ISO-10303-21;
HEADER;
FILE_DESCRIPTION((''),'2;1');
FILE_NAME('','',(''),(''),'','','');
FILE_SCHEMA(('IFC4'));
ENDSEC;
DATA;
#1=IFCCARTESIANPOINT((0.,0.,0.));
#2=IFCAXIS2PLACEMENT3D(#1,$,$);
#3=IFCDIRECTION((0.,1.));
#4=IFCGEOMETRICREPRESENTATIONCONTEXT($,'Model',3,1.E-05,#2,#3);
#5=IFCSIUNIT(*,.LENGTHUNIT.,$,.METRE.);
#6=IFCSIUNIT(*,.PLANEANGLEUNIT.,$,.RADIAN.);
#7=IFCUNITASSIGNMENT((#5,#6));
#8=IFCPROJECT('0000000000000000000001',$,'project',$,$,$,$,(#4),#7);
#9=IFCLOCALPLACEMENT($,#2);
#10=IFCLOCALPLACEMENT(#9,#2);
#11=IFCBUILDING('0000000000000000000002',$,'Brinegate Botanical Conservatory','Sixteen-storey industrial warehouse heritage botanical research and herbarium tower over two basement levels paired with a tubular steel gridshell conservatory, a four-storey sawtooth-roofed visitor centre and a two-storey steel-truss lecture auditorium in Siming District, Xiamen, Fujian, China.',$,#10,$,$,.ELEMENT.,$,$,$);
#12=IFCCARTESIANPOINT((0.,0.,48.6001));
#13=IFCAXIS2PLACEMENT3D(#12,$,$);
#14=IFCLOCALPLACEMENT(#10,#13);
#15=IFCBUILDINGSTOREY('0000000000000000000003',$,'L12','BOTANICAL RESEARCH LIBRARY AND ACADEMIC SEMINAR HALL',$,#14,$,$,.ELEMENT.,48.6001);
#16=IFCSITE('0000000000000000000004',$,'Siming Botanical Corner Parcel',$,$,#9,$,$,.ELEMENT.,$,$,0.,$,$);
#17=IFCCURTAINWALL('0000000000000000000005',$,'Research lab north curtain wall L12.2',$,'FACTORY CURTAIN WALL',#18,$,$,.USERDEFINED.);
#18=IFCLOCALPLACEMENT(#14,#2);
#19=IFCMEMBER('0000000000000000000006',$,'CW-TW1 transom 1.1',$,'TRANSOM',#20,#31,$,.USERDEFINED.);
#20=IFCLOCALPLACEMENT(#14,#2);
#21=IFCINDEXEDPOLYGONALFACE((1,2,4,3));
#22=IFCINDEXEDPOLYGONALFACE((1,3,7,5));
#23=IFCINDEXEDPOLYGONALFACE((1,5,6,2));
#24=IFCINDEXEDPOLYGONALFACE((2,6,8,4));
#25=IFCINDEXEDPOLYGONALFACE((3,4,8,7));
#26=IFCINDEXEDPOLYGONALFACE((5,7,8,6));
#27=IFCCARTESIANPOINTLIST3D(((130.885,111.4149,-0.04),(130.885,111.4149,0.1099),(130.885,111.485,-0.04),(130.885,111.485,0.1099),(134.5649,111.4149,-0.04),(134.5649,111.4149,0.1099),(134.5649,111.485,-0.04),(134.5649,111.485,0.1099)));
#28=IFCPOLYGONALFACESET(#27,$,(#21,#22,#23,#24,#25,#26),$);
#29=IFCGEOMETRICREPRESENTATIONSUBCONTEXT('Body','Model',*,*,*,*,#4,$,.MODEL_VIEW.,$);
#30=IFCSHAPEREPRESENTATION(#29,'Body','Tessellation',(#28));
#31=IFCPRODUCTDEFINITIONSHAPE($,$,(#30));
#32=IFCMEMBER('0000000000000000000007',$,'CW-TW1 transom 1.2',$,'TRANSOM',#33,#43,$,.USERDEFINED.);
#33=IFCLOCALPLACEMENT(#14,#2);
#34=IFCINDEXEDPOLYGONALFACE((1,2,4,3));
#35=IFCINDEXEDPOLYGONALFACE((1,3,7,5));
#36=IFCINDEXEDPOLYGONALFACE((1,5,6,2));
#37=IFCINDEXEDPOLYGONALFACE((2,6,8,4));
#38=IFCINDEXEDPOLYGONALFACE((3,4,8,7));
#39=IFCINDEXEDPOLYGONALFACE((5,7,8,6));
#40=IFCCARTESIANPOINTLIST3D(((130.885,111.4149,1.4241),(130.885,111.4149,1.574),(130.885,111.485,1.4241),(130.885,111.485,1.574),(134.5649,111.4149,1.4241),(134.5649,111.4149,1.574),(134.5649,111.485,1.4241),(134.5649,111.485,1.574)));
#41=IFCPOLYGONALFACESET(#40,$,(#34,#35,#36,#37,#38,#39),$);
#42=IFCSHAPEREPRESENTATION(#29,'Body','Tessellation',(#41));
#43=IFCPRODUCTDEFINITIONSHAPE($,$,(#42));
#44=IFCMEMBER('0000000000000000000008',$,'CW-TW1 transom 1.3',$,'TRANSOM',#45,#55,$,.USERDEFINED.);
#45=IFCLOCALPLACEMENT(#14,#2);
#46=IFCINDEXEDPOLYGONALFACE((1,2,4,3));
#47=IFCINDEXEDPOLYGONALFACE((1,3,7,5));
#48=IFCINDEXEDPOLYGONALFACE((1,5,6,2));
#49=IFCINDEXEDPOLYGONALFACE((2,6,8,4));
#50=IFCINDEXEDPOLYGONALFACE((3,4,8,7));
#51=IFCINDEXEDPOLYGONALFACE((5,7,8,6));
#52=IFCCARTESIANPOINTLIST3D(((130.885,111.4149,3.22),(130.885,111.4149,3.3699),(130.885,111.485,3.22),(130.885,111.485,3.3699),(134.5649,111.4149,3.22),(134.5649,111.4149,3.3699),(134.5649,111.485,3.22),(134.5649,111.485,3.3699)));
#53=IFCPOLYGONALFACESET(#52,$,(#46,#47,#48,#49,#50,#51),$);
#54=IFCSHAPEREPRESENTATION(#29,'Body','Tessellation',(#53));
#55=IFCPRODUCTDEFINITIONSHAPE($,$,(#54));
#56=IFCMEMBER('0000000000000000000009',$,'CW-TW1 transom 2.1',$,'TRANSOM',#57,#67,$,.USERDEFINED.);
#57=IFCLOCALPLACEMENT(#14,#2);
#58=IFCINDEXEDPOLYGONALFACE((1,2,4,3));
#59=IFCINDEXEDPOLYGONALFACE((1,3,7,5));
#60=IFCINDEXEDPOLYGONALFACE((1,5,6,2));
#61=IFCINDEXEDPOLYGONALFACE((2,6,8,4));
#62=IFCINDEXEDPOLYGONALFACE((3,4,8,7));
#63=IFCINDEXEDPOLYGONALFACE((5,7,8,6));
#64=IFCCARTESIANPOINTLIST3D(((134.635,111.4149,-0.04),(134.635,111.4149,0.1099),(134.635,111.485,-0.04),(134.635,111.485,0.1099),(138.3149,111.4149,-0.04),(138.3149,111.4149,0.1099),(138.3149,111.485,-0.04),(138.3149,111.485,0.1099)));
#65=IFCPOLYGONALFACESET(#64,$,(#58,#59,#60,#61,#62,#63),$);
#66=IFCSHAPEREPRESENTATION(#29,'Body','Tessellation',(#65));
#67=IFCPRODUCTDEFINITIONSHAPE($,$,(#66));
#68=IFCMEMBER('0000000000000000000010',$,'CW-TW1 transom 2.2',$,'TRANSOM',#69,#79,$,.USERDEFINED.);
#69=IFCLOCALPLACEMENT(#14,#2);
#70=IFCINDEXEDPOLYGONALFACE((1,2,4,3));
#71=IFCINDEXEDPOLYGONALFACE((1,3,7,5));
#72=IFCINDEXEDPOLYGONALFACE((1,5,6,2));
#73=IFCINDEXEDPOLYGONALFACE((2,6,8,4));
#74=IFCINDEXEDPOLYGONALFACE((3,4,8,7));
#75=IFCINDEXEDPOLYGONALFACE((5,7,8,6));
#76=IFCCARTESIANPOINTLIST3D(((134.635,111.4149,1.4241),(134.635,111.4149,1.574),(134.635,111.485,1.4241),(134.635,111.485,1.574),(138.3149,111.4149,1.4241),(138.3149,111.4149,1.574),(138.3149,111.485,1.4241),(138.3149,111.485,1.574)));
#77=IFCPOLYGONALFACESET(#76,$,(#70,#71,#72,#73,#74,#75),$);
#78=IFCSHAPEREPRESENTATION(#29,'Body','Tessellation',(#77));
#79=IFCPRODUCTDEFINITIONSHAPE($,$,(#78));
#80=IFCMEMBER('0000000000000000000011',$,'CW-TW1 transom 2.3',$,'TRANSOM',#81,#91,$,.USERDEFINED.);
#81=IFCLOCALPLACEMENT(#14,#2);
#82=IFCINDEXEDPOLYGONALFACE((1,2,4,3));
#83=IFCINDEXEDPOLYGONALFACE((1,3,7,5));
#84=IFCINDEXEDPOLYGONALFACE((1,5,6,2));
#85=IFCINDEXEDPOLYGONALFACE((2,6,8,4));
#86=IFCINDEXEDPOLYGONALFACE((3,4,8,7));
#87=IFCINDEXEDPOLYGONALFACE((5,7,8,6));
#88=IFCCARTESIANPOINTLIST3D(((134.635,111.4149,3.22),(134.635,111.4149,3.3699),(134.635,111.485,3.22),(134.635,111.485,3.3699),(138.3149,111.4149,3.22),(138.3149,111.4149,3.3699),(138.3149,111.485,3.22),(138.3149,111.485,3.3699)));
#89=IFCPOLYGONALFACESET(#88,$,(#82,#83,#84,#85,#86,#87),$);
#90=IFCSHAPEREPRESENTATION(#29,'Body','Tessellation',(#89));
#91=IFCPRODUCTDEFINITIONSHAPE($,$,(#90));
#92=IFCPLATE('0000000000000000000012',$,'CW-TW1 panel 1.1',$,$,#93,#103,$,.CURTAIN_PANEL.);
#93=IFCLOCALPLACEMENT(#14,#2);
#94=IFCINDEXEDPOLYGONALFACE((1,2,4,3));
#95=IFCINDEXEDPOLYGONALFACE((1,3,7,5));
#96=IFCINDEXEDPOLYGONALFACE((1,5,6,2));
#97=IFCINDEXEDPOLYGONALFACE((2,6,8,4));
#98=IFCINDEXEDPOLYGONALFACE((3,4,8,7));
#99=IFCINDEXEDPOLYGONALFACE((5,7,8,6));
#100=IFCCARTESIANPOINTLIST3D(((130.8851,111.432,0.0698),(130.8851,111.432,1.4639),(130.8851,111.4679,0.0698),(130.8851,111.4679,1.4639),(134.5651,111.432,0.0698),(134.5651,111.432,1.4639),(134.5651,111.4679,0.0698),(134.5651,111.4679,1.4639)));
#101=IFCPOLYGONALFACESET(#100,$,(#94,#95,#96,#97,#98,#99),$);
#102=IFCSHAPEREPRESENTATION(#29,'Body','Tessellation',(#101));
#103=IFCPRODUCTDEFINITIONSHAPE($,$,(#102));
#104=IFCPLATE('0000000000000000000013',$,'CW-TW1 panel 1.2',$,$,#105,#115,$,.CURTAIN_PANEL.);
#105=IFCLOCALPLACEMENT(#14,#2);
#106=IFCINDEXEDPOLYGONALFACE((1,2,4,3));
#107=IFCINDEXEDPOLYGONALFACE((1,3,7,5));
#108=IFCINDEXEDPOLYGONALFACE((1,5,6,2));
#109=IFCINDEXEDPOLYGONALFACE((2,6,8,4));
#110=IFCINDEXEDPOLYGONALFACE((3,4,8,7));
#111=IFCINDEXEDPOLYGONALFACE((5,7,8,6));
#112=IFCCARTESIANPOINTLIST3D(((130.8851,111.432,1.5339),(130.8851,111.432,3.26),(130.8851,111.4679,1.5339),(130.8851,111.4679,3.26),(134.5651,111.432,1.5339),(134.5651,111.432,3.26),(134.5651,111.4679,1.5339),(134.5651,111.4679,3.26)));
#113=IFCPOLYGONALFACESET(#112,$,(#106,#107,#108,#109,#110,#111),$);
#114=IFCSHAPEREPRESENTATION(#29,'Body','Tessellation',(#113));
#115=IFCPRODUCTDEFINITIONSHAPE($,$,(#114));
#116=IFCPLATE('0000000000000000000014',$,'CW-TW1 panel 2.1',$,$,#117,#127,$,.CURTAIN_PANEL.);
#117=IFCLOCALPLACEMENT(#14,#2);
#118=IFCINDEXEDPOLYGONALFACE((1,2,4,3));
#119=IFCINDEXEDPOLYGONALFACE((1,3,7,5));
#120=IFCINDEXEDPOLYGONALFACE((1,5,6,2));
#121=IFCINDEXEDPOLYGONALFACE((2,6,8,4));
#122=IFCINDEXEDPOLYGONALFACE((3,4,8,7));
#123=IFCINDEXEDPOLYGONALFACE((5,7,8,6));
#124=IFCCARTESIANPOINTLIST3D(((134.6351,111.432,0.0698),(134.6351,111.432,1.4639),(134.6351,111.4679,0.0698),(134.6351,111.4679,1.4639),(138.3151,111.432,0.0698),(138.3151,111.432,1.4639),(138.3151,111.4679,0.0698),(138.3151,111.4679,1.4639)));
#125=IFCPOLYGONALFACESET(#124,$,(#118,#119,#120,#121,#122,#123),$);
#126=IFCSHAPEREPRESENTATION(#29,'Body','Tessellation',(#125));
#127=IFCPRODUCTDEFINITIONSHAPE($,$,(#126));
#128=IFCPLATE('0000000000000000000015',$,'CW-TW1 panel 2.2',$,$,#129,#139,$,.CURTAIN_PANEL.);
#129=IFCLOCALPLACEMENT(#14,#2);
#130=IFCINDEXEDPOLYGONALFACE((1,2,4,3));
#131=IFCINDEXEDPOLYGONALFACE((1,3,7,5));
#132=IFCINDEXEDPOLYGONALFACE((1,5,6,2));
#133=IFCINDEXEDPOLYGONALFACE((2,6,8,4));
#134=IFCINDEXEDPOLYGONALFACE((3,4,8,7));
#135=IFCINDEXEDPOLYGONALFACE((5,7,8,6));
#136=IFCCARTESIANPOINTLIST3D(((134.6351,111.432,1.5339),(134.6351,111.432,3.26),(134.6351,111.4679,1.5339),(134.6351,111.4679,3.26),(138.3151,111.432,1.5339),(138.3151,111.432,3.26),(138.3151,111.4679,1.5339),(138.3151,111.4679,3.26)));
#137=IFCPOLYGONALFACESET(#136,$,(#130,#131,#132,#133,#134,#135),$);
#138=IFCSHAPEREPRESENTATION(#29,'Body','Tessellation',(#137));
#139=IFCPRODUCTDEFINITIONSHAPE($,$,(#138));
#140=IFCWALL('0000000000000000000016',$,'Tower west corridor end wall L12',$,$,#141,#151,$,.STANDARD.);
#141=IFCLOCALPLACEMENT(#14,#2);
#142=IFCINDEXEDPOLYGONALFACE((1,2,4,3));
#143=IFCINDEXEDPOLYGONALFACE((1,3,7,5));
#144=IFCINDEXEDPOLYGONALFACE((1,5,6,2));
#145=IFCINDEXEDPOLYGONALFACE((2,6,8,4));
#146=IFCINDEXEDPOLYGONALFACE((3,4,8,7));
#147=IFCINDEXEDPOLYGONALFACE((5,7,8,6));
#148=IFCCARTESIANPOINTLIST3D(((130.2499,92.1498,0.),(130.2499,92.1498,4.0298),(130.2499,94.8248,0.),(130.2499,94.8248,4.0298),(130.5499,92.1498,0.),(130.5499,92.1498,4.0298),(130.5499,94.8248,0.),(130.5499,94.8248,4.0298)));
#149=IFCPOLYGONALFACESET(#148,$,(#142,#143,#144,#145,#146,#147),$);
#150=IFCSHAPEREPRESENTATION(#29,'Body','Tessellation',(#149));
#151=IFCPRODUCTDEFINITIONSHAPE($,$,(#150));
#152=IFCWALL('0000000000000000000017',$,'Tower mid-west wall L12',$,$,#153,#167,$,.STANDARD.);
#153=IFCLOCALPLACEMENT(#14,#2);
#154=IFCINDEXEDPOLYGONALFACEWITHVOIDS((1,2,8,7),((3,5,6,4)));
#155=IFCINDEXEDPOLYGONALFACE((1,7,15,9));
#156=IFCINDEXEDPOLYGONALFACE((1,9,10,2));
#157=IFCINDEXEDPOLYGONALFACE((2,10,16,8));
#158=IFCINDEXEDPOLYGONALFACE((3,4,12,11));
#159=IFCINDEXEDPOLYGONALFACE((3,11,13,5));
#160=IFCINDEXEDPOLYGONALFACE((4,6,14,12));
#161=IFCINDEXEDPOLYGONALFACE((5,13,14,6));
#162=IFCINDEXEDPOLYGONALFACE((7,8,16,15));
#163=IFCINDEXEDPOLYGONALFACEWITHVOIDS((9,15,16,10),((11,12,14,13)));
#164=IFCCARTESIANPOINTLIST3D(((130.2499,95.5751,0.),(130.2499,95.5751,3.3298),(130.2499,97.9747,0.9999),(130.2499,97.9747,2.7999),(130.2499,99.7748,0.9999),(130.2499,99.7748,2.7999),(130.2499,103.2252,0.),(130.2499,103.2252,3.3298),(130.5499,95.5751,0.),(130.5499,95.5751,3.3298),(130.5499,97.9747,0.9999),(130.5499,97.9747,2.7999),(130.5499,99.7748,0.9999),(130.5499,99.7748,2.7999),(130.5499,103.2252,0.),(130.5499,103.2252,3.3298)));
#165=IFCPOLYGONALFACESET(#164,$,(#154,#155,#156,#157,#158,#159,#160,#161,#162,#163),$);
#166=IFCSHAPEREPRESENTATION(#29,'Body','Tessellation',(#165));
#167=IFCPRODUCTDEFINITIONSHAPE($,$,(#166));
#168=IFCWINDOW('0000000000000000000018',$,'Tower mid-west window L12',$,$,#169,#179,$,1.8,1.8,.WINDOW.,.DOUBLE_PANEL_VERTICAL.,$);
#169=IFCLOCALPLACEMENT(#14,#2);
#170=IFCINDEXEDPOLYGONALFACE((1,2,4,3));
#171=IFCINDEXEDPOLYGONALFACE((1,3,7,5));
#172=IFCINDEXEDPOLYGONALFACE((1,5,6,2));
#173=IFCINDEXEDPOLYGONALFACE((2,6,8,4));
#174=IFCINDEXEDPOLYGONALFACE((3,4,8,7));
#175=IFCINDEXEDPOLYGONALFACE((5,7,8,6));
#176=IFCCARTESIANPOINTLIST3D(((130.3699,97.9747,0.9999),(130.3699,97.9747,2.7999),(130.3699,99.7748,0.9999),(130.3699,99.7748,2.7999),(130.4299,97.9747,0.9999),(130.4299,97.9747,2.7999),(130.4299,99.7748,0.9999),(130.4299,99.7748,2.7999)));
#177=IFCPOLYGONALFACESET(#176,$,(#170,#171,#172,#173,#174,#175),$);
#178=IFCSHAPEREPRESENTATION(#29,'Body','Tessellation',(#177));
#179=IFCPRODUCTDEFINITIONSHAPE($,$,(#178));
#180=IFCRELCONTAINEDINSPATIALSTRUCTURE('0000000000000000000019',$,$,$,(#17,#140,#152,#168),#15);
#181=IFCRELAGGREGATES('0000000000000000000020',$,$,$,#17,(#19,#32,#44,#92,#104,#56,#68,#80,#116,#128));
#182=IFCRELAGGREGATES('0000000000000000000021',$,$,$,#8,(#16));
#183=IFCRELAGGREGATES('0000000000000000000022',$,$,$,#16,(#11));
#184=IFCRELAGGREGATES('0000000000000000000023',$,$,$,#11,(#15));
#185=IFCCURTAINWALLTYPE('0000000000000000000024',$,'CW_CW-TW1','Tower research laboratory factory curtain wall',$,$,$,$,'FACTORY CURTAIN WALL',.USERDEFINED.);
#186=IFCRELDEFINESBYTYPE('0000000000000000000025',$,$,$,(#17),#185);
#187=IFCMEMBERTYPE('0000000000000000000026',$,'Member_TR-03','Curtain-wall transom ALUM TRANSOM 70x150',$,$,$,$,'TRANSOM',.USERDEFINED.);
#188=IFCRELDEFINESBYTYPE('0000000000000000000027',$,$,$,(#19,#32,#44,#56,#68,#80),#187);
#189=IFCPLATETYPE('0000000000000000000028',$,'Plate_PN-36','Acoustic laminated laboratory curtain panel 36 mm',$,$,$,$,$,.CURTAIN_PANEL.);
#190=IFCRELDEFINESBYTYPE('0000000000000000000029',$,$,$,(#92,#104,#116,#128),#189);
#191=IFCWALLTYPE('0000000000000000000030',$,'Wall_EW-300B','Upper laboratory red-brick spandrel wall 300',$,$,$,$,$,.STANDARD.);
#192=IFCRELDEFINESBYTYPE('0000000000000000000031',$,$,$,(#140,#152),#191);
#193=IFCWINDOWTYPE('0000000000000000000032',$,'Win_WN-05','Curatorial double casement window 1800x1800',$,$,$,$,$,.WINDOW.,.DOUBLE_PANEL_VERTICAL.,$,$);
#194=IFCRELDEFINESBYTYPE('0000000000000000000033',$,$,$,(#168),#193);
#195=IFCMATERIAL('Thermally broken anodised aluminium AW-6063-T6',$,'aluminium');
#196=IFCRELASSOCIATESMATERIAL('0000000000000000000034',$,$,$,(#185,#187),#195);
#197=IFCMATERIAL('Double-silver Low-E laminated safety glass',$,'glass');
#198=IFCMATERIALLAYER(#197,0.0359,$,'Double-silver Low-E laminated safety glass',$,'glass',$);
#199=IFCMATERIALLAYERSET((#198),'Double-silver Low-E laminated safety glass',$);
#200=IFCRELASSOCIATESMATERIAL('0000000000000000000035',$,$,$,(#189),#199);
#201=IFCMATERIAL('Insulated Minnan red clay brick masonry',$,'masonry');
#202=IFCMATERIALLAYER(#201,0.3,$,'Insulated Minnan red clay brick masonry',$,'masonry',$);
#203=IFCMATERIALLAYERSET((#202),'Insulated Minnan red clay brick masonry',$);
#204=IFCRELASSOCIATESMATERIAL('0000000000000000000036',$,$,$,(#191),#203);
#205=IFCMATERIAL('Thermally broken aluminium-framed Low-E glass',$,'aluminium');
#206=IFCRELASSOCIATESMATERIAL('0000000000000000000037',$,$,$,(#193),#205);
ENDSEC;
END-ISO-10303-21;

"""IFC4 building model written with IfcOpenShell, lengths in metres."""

from ifc_helpers import new_model, si_unit, direction, frame, frame_2d, origin, origin_2d, place, context, subcontext, project, spatial, rectangle, extrude, material, layer, layer_set, material_profile, profile_set, type_object, element, fill, aggregate, save


model = new_model("IFC4")

# Units and contexts
model_context = context("Model", 3, precision=1e-05, world=origin(), true_north=direction((0.0, 1.0)))
body_context = subcontext(model_context, "Body", "Model", "MODEL_VIEW")
ifc_project = project(units=[si_unit("LENGTHUNIT", "METRE"), si_unit("PLANEANGLEUNIT", "RADIAN")], contexts=[model_context])

# Site, building, storey
site_placement = place(None, origin())
site = spatial("IfcSite", under=ifc_project, at=site_placement, Name="Siming Botanical Corner Parcel", CompositionType="ELEMENT", RefElevation=0.0)
building_placement = place(site_placement, origin())
building = spatial("IfcBuilding", under=site, at=building_placement, Name="Brinegate Botanical Conservatory", Description="Sixteen-storey industrial warehouse heritage botanical research and herbarium tower over two basement levels paired with a tubular steel gridshell conservatory, a four-storey sawtooth-roofed visitor centre and a two-storey steel-truss lecture auditorium in Siming District, Xiamen, Fujian, China.", CompositionType="ELEMENT")
storey_placement = place(building_placement, frame((0.0, 0.0, 48.6001)))
storey = spatial("IfcBuildingStorey", under=building, at=storey_placement, Name="L12", Description="BOTANICAL RESEARCH LIBRARY AND ACADEMIC SEMINAR HALL", CompositionType="ELEMENT", Elevation=48.6001)

# Curtain wall, members, plates
ifc_material_1 = material(Name="Thermally broken anodised aluminium AW-6063-T6", Category="aluminium")
curtain_wall_type = type_object("IfcCurtainWallType", Name="CW_CW-TW1", Description="Tower research laboratory factory curtain wall", ElementType="FACTORY CURTAIN WALL", PredefinedType="USERDEFINED", material=ifc_material_1)
curtain_wall_placement = place(storey_placement, origin())
curtain_wall = element("IfcCurtainWall", 1, at=curtain_wall_placement, inside=storey, type_object=curtain_wall_type, Name="Research lab north curtain wall L12.2", ObjectType="FACTORY CURTAIN WALL", PredefinedType="USERDEFINED")
ifc_material_profile_1 = material_profile(ifc_material_1, rectangle(XDim=0.0701, YDim=0.1499, at=origin_2d()), Name="ALUM TRANSOM 70x150")
ifc_profile_set_1 = profile_set([ifc_material_profile_1], Name="Thermally broken anodised aluminium AW-6063-T6")
member_type_1 = type_object("IfcMemberType", Name="Member_TR-03", Description="Curtain-wall transom ALUM TRANSOM 70x150", ElementType="TRANSOM", PredefinedType="USERDEFINED", material=ifc_profile_set_1)
member_1_placement = place(storey_placement, frame((130.885, 111.45, 0.0349), z_axis=(1.0, 0.0, 0.0), x_axis=(0.0, 1.0, 0.0)))
member_1 = element("IfcMember", 2, at=member_1_placement, type_object=member_type_1, Name="CW-TW1 transom 1.1", ObjectType="TRANSOM", PredefinedType="USERDEFINED", context=body_context, shape_type="SweptSolid", body=[
    extrude(rectangle(XDim=0.0701, YDim=0.1499, at=origin_2d()), origin(), (0.0, 0.0, 1.0), 3.6799),
])
member_2_placement = place(storey_placement, frame((130.885, 111.45, 1.499), z_axis=(1.0, 0.0, 0.0), x_axis=(0.0, 1.0, 0.0)))
member_2 = element("IfcMember", 3, at=member_2_placement, type_object=member_type_1, Name="CW-TW1 transom 1.2", ObjectType="TRANSOM", PredefinedType="USERDEFINED", context=body_context, shape_type="SweptSolid", body=[
    extrude(rectangle(XDim=0.0701, YDim=0.1499, at=origin_2d()), origin(), (0.0, 0.0, 1.0), 3.6799),
])
member_3_placement = place(storey_placement, frame((130.885, 111.45, 3.2949), z_axis=(1.0, 0.0, 0.0), x_axis=(0.0, 1.0, 0.0)))
member_3 = element("IfcMember", 4, at=member_3_placement, type_object=member_type_1, Name="CW-TW1 transom 1.3", ObjectType="TRANSOM", PredefinedType="USERDEFINED", context=body_context, shape_type="SweptSolid", body=[
    extrude(rectangle(XDim=0.0701, YDim=0.1499, at=origin_2d()), origin(), (0.0, 0.0, 1.0), 3.6799),
])
member_4_placement = place(storey_placement, frame((134.635, 111.45, 0.0349), z_axis=(1.0, 0.0, 0.0), x_axis=(0.0, 1.0, 0.0)))
member_4 = element("IfcMember", 5, at=member_4_placement, type_object=member_type_1, Name="CW-TW1 transom 2.1", ObjectType="TRANSOM", PredefinedType="USERDEFINED", context=body_context, shape_type="SweptSolid", body=[
    extrude(rectangle(XDim=0.0701, YDim=0.1499, at=origin_2d()), origin(), (0.0, 0.0, 1.0), 3.6799),
])
member_5_placement = place(storey_placement, frame((134.635, 111.45, 1.499), z_axis=(1.0, 0.0, 0.0), x_axis=(0.0, 1.0, 0.0)))
member_5 = element("IfcMember", 6, at=member_5_placement, type_object=member_type_1, Name="CW-TW1 transom 2.2", ObjectType="TRANSOM", PredefinedType="USERDEFINED", context=body_context, shape_type="SweptSolid", body=[
    extrude(rectangle(XDim=0.0701, YDim=0.1499, at=origin_2d()), origin(), (0.0, 0.0, 1.0), 3.6799),
])
member_6_placement = place(storey_placement, frame((134.635, 111.45, 3.2949), z_axis=(1.0, 0.0, 0.0), x_axis=(0.0, 1.0, 0.0)))
member_6 = element("IfcMember", 7, at=member_6_placement, type_object=member_type_1, Name="CW-TW1 transom 2.3", ObjectType="TRANSOM", PredefinedType="USERDEFINED", context=body_context, shape_type="SweptSolid", body=[
    extrude(rectangle(XDim=0.0701, YDim=0.1499, at=origin_2d()), origin(), (0.0, 0.0, 1.0), 3.6799),
])
ifc_material_2 = material(Name="Double-silver Low-E laminated safety glass", Category="glass")
ifc_layer_1 = layer(ifc_material_2, 0.0359, Name="Double-silver Low-E laminated safety glass", Category="glass")
ifc_layer_set_1 = layer_set([ifc_layer_1], Name="Double-silver Low-E laminated safety glass")
plate_type = type_object("IfcPlateType", Name="Plate_PN-36", Description="Acoustic laminated laboratory curtain panel 36 mm", PredefinedType="CURTAIN_PANEL", material=ifc_layer_set_1)
plate_1_placement = place(storey_placement, frame((132.7251, 111.45, 0.0698), z_axis=(0.0, 0.0, 1.0), x_axis=(1.0, 0.0, 0.0)))
plate_1 = element("IfcPlate", 8, at=plate_1_placement, type_object=plate_type, Name="CW-TW1 panel 1.1", PredefinedType="CURTAIN_PANEL", context=body_context, shape_type="SweptSolid", body=[
    extrude(rectangle(XDim=3.6799, YDim=0.0359, at=origin_2d()), origin(), (0.0, 0.0, 1.0), 1.394),
])
plate_2_placement = place(storey_placement, frame((132.7251, 111.45, 1.5339), z_axis=(0.0, 0.0, 1.0), x_axis=(1.0, 0.0, 0.0)))
plate_2 = element("IfcPlate", 9, at=plate_2_placement, type_object=plate_type, Name="CW-TW1 panel 1.2", PredefinedType="CURTAIN_PANEL", context=body_context, shape_type="SweptSolid", body=[
    extrude(rectangle(XDim=3.6799, YDim=0.0359, at=origin_2d()), origin(), (0.0, 0.0, 1.0), 1.7261),
])
plate_3_placement = place(storey_placement, frame((136.4751, 111.45, 0.0698), z_axis=(0.0, 0.0, 1.0), x_axis=(1.0, 0.0, 0.0)))
plate_3 = element("IfcPlate", 10, at=plate_3_placement, type_object=plate_type, Name="CW-TW1 panel 2.1", PredefinedType="CURTAIN_PANEL", context=body_context, shape_type="SweptSolid", body=[
    extrude(rectangle(XDim=3.6799, YDim=0.0359, at=origin_2d()), origin(), (0.0, 0.0, 1.0), 1.394),
])
plate_4_placement = place(storey_placement, frame((136.4751, 111.45, 1.5339), z_axis=(0.0, 0.0, 1.0), x_axis=(1.0, 0.0, 0.0)))
plate_4 = element("IfcPlate", 11, at=plate_4_placement, type_object=plate_type, Name="CW-TW1 panel 2.2", PredefinedType="CURTAIN_PANEL", context=body_context, shape_type="SweptSolid", body=[
    extrude(rectangle(XDim=3.6799, YDim=0.0359, at=origin_2d()), origin(), (0.0, 0.0, 1.0), 1.7261),
])
aggregate(curtain_wall, [member_1, member_2, member_3, plate_1, plate_2, member_4, member_5, member_6, plate_3, plate_4])

# Wall
ifc_material_3 = material(Name="Insulated Minnan red clay brick masonry", Category="masonry")
ifc_layer_2 = layer(ifc_material_3, 0.3, Name="Insulated Minnan red clay brick masonry", Category="masonry")
ifc_layer_set_2 = layer_set([ifc_layer_2], Name="Insulated Minnan red clay brick masonry")
wall_type_1 = type_object("IfcWallType", Name="Wall_EW-300B", Description="Upper laboratory red-brick spandrel wall 300", PredefinedType="STANDARD", material=ifc_layer_set_2)
wall_1_placement = place(storey_placement, frame((130.3999, 92.1499, 0.0), z_axis=(0.0, 0.0, 1.0), x_axis=(0.0, 1.0, 0.0)))
element("IfcWall", 12, at=wall_1_placement, inside=storey, type_object=wall_type_1, Name="Tower west corridor end wall L12", PredefinedType="STANDARD", context=body_context, shape_type="SweptSolid", body=[
    extrude(rectangle(XDim=2.675, YDim=0.3, at=frame_2d((1.3374, 0.0))), origin(), (0.0, 0.0, 1.0), 4.0298),
])

# Wall, opening, window
wall_2_placement = place(storey_placement, frame((130.3999, 95.575, 0.0), z_axis=(0.0, 0.0, 1.0), x_axis=(0.0, 1.0, 0.0)))
wall_2 = element("IfcWall", 13, at=wall_2_placement, inside=storey, type_object=wall_type_1, Name="Tower mid-west wall L12", PredefinedType="STANDARD", context=body_context, shape_type="SweptSolid", body=[
    extrude(rectangle(XDim=7.6501, YDim=0.3, at=frame_2d((3.8252, 0.0))), origin(), (0.0, 0.0, 1.0), 3.3298),
])
opening_1_placement = place(wall_2_placement, frame((2.3999, 0.0, 1.0)))
opening_1 = element("IfcOpeningElement", 14, at=opening_1_placement, cuts=wall_2, PredefinedType="OPENING", context=body_context, shape_type="SweptSolid", body=[
    extrude(rectangle(XDim=1.8, YDim=1.8, at=frame_2d((0.8999, 0.8999))), frame((0.0, 0.1599, 0.0), z_axis=(0.0, -1.0, 0.0), x_axis=(1.0, 0.0, 0.0)), (0.0, 0.0, 1.0), 0.3201),
])
ifc_material_4 = material(Name="Thermally broken aluminium-framed Low-E glass", Category="aluminium")
window_type = type_object("IfcWindowType", Name="Win_WN-05", Description="Curatorial double casement window 1800x1800", PartitioningType="DOUBLE_PANEL_VERTICAL", PredefinedType="WINDOW", material=ifc_material_4)
window_placement = place(opening_1_placement, origin())
window = element("IfcWindow", 15, at=window_placement, inside=storey, type_object=window_type, Name="Tower mid-west window L12", OverallHeight=1.8, OverallWidth=1.8, PartitioningType="DOUBLE_PANEL_VERTICAL", PredefinedType="WINDOW", context=body_context, shape_type="SweptSolid", body=[
    extrude(rectangle(XDim=1.8, YDim=1.8, at=frame_2d((0.8999, 0.8999))), frame((0.0, 0.03, 0.0), z_axis=(0.0, -1.0, 0.0), x_axis=(1.0, 0.0, 0.0)), (0.0, 0.0, 1.0), 0.0601),
])
fill(opening_1, window)

save(model, "model.ifc")
